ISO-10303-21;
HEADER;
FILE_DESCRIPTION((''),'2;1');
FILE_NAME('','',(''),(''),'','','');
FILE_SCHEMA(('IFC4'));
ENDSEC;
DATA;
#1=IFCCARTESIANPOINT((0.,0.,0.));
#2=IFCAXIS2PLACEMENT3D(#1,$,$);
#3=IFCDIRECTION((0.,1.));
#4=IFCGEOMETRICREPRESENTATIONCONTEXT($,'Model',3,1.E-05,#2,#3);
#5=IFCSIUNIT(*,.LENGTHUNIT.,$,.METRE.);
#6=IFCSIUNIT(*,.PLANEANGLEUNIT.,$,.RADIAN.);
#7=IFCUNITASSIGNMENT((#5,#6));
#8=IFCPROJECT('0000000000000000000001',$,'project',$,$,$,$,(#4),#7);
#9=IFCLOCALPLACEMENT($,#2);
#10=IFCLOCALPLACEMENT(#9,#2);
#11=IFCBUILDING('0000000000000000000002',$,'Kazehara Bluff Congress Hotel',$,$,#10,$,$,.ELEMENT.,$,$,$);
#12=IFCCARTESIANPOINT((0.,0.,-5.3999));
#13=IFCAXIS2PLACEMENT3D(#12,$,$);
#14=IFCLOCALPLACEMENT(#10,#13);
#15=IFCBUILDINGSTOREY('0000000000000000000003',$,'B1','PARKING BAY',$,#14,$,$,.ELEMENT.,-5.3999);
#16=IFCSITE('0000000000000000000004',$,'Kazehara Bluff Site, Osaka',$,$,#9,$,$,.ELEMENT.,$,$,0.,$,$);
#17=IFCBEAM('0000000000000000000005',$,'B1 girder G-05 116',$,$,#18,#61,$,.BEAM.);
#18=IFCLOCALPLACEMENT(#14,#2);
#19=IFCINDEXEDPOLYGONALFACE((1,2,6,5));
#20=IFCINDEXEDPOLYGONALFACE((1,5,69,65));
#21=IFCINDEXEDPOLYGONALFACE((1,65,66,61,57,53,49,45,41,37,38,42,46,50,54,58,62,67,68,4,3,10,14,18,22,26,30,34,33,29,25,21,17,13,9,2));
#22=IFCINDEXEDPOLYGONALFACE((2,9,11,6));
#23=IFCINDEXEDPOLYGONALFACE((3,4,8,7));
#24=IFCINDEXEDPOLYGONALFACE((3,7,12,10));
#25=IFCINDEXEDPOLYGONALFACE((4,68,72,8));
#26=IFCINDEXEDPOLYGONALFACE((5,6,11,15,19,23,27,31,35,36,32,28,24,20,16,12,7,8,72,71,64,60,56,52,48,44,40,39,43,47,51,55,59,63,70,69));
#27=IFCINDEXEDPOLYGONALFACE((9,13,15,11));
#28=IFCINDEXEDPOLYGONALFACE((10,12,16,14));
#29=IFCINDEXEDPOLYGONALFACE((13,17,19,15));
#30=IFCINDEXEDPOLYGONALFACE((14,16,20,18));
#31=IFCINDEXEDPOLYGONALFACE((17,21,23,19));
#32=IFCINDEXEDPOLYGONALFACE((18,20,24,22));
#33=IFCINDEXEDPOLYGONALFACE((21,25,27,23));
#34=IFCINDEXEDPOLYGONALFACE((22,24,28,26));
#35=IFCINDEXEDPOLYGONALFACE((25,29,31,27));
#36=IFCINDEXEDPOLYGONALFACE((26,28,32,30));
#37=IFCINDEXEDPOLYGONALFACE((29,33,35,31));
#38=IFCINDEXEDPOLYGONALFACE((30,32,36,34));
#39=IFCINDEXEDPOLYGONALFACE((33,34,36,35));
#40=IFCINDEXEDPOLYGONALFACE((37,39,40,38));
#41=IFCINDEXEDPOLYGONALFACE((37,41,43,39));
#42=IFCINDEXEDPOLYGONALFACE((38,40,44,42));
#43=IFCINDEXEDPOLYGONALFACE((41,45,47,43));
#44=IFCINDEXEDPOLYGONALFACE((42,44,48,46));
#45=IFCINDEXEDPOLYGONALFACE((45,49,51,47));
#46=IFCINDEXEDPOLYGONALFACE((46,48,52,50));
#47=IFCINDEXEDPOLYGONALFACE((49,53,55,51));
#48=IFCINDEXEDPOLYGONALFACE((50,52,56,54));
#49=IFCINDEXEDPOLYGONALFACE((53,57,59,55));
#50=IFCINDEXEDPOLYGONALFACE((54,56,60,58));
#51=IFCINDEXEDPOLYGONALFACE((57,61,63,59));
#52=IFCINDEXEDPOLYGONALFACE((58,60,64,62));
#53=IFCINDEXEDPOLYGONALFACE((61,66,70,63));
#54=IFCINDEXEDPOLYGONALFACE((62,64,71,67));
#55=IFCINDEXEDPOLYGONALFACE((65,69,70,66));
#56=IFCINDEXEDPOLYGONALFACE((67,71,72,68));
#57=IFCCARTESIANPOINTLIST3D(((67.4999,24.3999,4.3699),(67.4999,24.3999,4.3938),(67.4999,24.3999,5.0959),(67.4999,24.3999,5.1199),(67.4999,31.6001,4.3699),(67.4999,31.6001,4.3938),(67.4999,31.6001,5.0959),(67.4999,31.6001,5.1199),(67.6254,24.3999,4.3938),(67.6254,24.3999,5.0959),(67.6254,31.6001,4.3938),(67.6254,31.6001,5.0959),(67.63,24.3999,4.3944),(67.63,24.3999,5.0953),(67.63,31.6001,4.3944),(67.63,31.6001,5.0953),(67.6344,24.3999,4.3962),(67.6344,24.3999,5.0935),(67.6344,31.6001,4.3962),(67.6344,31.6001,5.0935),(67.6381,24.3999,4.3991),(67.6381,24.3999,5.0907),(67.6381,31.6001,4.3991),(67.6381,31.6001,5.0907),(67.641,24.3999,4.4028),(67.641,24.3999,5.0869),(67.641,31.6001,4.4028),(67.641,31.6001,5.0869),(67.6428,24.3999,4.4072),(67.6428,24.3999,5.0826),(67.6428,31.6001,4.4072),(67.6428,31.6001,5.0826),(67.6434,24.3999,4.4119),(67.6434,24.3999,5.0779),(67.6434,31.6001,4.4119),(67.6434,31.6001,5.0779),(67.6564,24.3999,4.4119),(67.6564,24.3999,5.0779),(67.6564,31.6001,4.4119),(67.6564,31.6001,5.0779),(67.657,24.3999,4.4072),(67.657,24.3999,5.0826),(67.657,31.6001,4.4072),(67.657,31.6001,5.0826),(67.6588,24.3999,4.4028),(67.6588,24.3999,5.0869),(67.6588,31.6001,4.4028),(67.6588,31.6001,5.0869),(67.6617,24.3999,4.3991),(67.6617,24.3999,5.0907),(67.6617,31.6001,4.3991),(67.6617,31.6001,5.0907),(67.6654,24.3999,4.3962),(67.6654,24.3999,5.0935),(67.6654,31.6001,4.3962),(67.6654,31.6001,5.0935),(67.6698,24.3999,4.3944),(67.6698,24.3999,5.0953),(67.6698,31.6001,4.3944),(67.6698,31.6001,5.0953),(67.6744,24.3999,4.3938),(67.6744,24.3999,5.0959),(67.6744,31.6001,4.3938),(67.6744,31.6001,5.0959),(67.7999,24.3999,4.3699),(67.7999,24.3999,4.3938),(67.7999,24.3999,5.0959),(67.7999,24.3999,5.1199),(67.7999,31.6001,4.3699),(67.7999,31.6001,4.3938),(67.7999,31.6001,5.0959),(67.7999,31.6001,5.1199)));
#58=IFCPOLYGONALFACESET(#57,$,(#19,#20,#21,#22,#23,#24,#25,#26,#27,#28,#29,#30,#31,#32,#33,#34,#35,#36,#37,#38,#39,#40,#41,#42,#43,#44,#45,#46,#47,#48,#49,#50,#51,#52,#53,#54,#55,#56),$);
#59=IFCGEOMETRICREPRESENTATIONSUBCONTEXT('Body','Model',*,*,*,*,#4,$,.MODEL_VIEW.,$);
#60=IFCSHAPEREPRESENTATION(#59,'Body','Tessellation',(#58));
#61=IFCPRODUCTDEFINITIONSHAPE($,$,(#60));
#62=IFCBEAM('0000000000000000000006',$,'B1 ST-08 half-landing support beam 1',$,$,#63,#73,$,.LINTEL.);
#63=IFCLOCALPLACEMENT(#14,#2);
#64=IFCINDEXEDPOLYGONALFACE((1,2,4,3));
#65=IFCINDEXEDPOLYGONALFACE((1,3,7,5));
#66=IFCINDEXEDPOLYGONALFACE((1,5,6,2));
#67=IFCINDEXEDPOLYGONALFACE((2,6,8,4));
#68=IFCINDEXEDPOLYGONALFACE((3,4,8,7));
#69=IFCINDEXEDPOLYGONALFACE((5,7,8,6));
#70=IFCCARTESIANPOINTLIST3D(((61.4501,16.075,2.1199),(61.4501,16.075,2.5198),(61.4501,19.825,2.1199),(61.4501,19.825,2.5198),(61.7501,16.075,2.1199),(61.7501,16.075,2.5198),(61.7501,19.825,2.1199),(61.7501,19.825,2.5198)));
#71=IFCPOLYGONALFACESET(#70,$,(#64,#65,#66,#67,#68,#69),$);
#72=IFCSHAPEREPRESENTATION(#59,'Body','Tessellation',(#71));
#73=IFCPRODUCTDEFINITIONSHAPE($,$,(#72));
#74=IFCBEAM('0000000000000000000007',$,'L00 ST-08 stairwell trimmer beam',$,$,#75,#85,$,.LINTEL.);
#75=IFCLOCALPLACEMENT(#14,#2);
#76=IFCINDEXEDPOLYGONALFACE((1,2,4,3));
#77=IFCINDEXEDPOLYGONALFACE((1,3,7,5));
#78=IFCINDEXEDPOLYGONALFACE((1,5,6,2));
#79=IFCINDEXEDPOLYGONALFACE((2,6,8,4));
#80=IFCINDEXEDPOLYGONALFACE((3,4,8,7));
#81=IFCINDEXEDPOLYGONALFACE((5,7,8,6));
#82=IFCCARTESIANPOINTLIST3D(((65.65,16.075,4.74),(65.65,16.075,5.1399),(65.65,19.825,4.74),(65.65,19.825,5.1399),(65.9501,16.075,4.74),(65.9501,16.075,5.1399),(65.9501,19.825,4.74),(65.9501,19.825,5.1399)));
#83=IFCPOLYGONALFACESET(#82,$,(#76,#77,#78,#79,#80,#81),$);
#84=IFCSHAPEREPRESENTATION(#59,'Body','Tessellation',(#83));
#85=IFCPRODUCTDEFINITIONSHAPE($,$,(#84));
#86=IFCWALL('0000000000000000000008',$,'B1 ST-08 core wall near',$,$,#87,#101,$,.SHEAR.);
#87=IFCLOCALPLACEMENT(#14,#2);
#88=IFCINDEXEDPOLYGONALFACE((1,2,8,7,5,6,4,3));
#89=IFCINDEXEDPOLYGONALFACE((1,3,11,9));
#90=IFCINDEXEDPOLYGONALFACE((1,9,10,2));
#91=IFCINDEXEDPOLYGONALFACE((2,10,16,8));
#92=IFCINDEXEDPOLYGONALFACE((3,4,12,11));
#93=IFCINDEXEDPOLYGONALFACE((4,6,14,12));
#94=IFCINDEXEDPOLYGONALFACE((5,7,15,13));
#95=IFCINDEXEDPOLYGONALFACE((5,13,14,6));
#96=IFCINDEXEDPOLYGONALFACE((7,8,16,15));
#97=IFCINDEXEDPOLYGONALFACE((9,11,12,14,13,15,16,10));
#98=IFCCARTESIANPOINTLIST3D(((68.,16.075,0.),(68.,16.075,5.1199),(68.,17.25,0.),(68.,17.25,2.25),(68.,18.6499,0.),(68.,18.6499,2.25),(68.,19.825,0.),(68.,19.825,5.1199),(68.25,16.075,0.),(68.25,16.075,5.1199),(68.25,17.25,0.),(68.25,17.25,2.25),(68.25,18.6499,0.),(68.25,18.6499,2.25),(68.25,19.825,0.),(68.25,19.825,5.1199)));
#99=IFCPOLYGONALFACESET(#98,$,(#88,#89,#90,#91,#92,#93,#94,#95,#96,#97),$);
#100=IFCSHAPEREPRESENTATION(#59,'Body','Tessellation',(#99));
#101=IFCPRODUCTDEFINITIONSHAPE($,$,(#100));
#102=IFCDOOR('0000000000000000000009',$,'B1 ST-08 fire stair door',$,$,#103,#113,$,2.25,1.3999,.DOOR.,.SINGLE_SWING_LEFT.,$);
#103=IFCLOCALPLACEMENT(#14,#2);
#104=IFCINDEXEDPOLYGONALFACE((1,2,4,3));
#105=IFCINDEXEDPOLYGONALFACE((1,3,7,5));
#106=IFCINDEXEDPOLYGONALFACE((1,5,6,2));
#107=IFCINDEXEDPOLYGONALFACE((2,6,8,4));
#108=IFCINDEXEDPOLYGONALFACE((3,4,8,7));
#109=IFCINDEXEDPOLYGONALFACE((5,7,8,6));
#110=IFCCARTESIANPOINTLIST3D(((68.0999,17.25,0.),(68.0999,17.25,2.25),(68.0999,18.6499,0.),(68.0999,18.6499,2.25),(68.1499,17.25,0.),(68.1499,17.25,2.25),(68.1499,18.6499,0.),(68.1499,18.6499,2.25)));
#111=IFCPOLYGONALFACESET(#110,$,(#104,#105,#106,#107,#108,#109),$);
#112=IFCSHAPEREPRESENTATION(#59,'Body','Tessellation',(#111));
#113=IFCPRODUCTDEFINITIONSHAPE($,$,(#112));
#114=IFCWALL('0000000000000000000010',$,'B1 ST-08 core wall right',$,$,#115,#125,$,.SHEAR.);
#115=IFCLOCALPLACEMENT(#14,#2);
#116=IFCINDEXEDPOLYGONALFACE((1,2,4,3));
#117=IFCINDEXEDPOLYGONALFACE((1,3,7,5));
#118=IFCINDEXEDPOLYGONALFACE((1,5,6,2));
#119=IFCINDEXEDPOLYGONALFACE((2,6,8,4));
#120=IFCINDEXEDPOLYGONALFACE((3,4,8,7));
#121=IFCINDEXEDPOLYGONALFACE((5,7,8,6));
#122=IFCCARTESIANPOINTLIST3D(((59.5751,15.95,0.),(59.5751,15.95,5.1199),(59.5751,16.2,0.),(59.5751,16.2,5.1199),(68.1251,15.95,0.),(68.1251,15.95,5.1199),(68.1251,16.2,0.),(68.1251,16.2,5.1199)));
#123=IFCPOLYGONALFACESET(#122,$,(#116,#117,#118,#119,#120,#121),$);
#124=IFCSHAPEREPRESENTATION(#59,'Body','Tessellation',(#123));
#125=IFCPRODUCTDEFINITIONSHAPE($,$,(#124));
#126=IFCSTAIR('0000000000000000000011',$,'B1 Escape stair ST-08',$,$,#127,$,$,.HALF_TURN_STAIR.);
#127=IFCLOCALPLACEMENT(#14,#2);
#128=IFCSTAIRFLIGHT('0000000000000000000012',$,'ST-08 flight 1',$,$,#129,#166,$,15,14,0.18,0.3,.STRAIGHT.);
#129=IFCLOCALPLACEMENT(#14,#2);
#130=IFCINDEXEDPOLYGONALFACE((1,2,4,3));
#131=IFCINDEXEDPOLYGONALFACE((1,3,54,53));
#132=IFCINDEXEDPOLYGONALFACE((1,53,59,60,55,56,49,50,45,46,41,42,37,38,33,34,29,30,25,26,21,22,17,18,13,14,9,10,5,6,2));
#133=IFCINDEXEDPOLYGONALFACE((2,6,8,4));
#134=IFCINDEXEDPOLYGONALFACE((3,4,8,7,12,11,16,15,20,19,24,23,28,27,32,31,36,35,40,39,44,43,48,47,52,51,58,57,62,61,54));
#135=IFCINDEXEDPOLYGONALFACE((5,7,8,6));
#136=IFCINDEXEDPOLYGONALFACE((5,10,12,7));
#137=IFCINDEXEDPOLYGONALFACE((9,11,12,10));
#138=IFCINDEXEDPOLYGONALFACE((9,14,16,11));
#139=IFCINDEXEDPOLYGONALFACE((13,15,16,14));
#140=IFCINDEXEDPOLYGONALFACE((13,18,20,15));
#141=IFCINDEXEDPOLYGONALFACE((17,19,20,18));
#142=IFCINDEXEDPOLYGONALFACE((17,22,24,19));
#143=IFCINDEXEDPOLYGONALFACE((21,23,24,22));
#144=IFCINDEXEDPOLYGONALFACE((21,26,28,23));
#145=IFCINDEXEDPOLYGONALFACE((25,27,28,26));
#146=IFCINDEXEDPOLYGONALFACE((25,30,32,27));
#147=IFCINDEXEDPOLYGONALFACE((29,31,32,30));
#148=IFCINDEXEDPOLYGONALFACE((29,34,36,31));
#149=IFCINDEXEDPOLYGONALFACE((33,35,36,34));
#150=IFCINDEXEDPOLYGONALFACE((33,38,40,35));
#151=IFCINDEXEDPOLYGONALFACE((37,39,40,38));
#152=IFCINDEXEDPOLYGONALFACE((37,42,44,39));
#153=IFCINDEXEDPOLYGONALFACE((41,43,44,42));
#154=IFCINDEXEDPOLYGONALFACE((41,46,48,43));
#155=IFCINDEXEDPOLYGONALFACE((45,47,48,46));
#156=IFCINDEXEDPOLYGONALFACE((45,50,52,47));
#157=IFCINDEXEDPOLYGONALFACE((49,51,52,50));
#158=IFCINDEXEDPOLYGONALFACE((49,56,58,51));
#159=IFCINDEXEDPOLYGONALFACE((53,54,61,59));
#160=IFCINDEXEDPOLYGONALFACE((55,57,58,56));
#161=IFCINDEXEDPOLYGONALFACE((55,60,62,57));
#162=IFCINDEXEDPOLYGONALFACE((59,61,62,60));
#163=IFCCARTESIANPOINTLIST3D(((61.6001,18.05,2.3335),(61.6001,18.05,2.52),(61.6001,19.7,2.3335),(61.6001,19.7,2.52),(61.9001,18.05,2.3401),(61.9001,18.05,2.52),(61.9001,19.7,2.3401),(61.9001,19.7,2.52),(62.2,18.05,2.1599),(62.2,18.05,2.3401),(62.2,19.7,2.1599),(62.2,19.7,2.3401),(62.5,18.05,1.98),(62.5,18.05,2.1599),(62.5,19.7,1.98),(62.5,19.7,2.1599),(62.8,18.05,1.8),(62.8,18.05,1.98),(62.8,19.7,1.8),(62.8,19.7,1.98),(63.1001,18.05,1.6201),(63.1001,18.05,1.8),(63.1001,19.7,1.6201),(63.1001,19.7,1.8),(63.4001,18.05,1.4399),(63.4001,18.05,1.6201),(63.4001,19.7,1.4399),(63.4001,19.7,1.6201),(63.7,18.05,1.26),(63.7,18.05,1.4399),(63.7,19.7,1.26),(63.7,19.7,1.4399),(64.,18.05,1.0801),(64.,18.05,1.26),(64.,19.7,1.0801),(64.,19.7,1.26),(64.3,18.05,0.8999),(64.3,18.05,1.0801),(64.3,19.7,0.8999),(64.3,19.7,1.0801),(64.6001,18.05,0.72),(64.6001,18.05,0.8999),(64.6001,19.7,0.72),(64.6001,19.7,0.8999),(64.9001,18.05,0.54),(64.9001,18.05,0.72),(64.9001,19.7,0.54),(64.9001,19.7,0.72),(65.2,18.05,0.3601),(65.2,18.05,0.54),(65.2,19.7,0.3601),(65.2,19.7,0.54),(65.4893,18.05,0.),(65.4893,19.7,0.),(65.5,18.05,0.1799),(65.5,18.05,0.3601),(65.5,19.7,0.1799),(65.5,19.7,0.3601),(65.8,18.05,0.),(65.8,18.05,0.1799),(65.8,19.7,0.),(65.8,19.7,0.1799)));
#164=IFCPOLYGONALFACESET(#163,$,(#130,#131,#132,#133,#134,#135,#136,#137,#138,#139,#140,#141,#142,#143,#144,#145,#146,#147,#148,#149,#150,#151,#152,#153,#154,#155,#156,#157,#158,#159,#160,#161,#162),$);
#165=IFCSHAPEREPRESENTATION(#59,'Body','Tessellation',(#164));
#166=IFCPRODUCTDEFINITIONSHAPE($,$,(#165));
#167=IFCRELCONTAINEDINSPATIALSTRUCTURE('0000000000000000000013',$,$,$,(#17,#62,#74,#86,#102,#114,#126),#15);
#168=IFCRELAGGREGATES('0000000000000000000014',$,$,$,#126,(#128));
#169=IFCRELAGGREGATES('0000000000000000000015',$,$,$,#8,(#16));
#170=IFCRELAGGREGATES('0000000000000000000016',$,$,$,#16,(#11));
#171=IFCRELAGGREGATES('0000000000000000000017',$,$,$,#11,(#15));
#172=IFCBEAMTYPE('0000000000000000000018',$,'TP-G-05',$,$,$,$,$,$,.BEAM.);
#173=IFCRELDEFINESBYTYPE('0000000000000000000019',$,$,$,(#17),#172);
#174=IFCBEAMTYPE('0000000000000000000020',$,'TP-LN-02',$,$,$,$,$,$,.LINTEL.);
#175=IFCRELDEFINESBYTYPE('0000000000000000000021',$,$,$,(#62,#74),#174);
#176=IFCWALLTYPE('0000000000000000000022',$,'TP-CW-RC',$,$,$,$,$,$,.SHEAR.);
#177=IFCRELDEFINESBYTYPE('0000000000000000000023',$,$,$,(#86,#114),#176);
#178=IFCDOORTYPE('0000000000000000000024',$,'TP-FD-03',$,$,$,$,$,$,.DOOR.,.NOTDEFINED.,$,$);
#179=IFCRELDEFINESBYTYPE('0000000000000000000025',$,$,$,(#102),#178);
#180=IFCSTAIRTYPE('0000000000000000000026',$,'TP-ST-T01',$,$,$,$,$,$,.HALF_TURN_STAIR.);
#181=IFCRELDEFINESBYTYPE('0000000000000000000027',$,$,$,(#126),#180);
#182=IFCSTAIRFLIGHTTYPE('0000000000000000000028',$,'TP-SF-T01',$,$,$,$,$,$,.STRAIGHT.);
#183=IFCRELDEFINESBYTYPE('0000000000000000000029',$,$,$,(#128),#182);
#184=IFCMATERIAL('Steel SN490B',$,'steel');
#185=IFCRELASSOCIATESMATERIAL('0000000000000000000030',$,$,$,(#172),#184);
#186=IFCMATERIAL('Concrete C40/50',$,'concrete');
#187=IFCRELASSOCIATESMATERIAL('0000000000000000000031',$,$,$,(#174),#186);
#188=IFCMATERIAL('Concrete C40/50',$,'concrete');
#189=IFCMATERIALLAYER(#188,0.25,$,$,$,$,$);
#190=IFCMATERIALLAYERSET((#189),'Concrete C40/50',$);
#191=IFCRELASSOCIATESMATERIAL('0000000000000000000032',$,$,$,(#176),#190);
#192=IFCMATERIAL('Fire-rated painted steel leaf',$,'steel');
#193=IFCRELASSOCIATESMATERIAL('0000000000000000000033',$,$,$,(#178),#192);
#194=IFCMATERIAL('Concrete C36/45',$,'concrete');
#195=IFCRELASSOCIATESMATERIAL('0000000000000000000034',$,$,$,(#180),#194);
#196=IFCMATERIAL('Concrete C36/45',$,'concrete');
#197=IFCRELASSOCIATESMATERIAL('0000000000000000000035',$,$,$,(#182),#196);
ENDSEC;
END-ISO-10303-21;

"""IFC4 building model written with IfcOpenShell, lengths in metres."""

from ifc_helpers import new_model, si_unit, direction, frame, frame_2d, origin, origin_2d, place, context, subcontext, project, spatial, polyline, rectangle, i_section, outline, extrude, material, layer, layer_set, material_profile, profile_set, type_object, element, fill, aggregate, save


model = new_model("IFC4")

# Units and contexts
model_context = context("Model", 3, precision=1e-05, world=origin(), true_north=direction((0.0, 1.0)))
body_context = subcontext(model_context, "Body", "Model", "MODEL_VIEW")
ifc_project = project(units=[si_unit("LENGTHUNIT", "METRE"), si_unit("PLANEANGLEUNIT", "RADIAN")], contexts=[model_context])

# Site, building, storey
site_placement = place(None, origin())
site = spatial("IfcSite", under=ifc_project, at=site_placement, Name="Kazehara Bluff Site, Osaka", CompositionType="ELEMENT", RefElevation=0.0)
building_placement = place(site_placement, origin())
building = spatial("IfcBuilding", under=site, at=building_placement, Name="Kazehara Bluff Congress Hotel", CompositionType="ELEMENT")
storey_placement = place(building_placement, frame((0.0, 0.0, -5.3999)))
storey = spatial("IfcBuildingStorey", under=building, at=storey_placement, Name="B1", Description="PARKING BAY", CompositionType="ELEMENT", Elevation=-5.3999)

# Beams
ifc_material_1 = material(Name="Steel SN490B", Category="steel")
ifc_material_profile_1 = material_profile(ifc_material_1, i_section(OverallWidth=0.3, OverallDepth=0.75, WebThickness=0.0129, FlangeThickness=0.0239, FilletRadius=0.0181, at=origin_2d()))
ifc_profile_set_1 = profile_set([ifc_material_profile_1], Name="Steel SN490B")
beam_type_1 = type_object("IfcBeamType", Name="TP-G-05", PredefinedType="BEAM", material=ifc_profile_set_1)
beam_1_placement = place(storey_placement, frame((67.6499, 24.3999, 4.7449), z_axis=(0.0, 1.0, 0.0), x_axis=(-1.0, 0.0, 0.0)))
element("IfcBeam", 1, at=beam_1_placement, inside=storey, type_object=beam_type_1, Name="B1 girder G-05 116", PredefinedType="BEAM", context=body_context, shape_type="SweptSolid", body=[
    extrude(i_section(OverallWidth=0.3, OverallDepth=0.75, WebThickness=0.0129, FlangeThickness=0.0239, FilletRadius=0.0181, at=origin_2d()), origin(), (0.0, 0.0, 1.0), 7.2002),
])
ifc_material_2 = material(Name="Concrete C40/50", Category="concrete")
ifc_material_profile_2 = material_profile(ifc_material_2, rectangle(XDim=0.3, YDim=0.3999, at=origin_2d()))
ifc_profile_set_2 = profile_set([ifc_material_profile_2], Name="Concrete C40/50")
beam_type_2 = type_object("IfcBeamType", Name="TP-LN-02", PredefinedType="LINTEL", material=ifc_profile_set_2)
for number, where, z_axis, x_axis, name in (
    (2, (61.6001, 19.825, 2.3198), (0.0, -1.0, 0.0), (1.0, 0.0, 0.0), "B1 ST-08 half-landing support beam 1"),
    (3, (65.8, 19.825, 4.9399), (0.0, -1.0, 0.0), (1.0, 0.0, 0.0), "L00 ST-08 stairwell trimmer beam"),
):
    element("IfcBeam", number, at=place(storey_placement, frame(where, z_axis=z_axis, x_axis=x_axis)), inside=storey, type_object=beam_type_2, Name=name, PredefinedType="LINTEL", context=body_context, shape_type="SweptSolid", body=[
        extrude(rectangle(XDim=0.3, YDim=0.3999, at=origin_2d()), origin(), (0.0, 0.0, 1.0), 3.75),
    ])

# Wall, opening, door
ifc_material_3 = material(Name="Concrete C40/50", Category="concrete")
ifc_layer_1 = layer(ifc_material_3, 0.25)
ifc_layer_set_1 = layer_set([ifc_layer_1], Name="Concrete C40/50")
wall_type = type_object("IfcWallType", Name="TP-CW-RC", PredefinedType="SHEAR", material=ifc_layer_set_1)
wall_1_placement = place(storey_placement, frame((68.125, 19.825, 0.0), z_axis=(0.0, 0.0, 1.0), x_axis=(0.0, -1.0, 0.0)))
wall_1 = element("IfcWall", 4, at=wall_1_placement, inside=storey, type_object=wall_type, Name="B1 ST-08 core wall near", PredefinedType="SHEAR", context=body_context, shape_type="SweptSolid", body=[
    extrude(rectangle(XDim=3.75, YDim=0.25, at=frame_2d((1.875, 0.0))), origin(), (0.0, 0.0, 1.0), 5.1199),
])
opening_placement = place(wall_1_placement, frame((1.175, 0.0, 0.0)))
opening = element("IfcOpeningElement", 5, at=opening_placement, cuts=wall_1, PredefinedType="OPENING", context=body_context, shape_type="SweptSolid", body=[
    extrude(rectangle(XDim=1.3999, YDim=2.25, at=frame_2d((0.7, 1.125))), frame((0.0, 0.135, 0.0), z_axis=(0.0, -1.0, 0.0), x_axis=(1.0, 0.0, 0.0)), (0.0, 0.0, 1.0), 0.27),
])
ifc_material_4 = material(Name="Fire-rated painted steel leaf", Category="steel")
door_type = type_object("IfcDoorType", Name="TP-FD-03", OperationType="NOTDEFINED", PredefinedType="DOOR", material=ifc_material_4)
door_placement = place(opening_placement, origin())
door = element("IfcDoor", 6, at=door_placement, inside=storey, type_object=door_type, Name="B1 ST-08 fire stair door", OperationType="SINGLE_SWING_LEFT", OverallHeight=2.25, OverallWidth=1.3999, PredefinedType="DOOR", context=body_context, shape_type="SweptSolid", body=[
    extrude(rectangle(XDim=1.3999, YDim=2.25, at=frame_2d((0.7, 1.125))), frame((0.0, 0.0249, 0.0), z_axis=(0.0, -1.0, 0.0), x_axis=(1.0, 0.0, 0.0)), (0.0, 0.0, 1.0), 0.05),
])
fill(opening, door)

# Wall
wall_2_placement = place(storey_placement, frame((68.125, 16.075, 0.0), z_axis=(0.0, 0.0, 1.0), x_axis=(-1.0, 0.0, 0.0)))
element("IfcWall", 7, at=wall_2_placement, inside=storey, type_object=wall_type, Name="B1 ST-08 core wall right", PredefinedType="SHEAR", context=body_context, shape_type="SweptSolid", body=[
    extrude(rectangle(XDim=8.55, YDim=0.25, at=frame_2d((4.2749, 0.0))), origin(), (0.0, 0.0, 1.0), 5.1199),
])

# Stair, stair flight
ifc_material_5 = material(Name="Concrete C36/45", Category="concrete")
stair_type = type_object("IfcStairType", Name="TP-ST-T01", PredefinedType="HALF_TURN_STAIR", material=ifc_material_5)
stair_placement = place(storey_placement, origin())
stair = element("IfcStair", 8, at=stair_placement, inside=storey, type_object=stair_type, Name="B1 Escape stair ST-08", PredefinedType="HALF_TURN_STAIR")
ifc_material_6 = material(Name="Concrete C36/45", Category="concrete")
stair_flight_type = type_object("IfcStairFlightType", Name="TP-SF-T01", PredefinedType="STRAIGHT", material=ifc_material_6)
stair_flight_1_placement = place(storey_placement, frame((65.8, 18.875, 0.0), z_axis=(0.0, 0.0, 1.0), x_axis=(-1.0, 0.0, 0.0)))
stair_flight_1 = element("IfcStairFlight", 9, at=stair_flight_1_placement, type_object=stair_flight_type, Name="ST-08 flight 1", NumberOfRisers=15, NumberOfTreads=14, PredefinedType="STRAIGHT", RiserHeight=0.18, TreadLength=0.3, context=body_context, shape_type="SweptSolid", body=[
    extrude(outline(polyline([(0.0, 0.0), (0.0, 0.1799), (0.3, 0.1799), (0.3, 0.3601), (0.6001, 0.3601), (0.6001, 0.54), (0.8999, 0.54), (0.8999, 0.72), (1.2, 0.72), (1.2, 0.8999), (1.5, 0.8999), (1.5, 1.0801), (1.8, 1.0801), (1.8, 1.26), (2.1001, 1.26), (2.1001, 1.4399), (2.3999, 1.4399), (2.3999, 1.6201), (2.7, 1.6201), (2.7, 1.8), (3.0, 1.8), (3.0, 1.98), (3.3, 1.98), (3.3, 2.1599), (3.6001, 2.1599), (3.6001, 2.3401), (3.8999, 2.3401), (3.8999, 2.52), (4.2, 2.52), (4.2, 2.7), (4.2, 2.3335), (0.3108, 0.0), (0.0, 0.0)])), frame((0.0, 0.825, 0.0), z_axis=(0.0, -1.0, 0.0), x_axis=(1.0, 0.0, 0.0)), (0.0, 0.0, 1.0), 1.6499),
])
aggregate(stair, [stair_flight_1])

save(model, "model.ifc")
